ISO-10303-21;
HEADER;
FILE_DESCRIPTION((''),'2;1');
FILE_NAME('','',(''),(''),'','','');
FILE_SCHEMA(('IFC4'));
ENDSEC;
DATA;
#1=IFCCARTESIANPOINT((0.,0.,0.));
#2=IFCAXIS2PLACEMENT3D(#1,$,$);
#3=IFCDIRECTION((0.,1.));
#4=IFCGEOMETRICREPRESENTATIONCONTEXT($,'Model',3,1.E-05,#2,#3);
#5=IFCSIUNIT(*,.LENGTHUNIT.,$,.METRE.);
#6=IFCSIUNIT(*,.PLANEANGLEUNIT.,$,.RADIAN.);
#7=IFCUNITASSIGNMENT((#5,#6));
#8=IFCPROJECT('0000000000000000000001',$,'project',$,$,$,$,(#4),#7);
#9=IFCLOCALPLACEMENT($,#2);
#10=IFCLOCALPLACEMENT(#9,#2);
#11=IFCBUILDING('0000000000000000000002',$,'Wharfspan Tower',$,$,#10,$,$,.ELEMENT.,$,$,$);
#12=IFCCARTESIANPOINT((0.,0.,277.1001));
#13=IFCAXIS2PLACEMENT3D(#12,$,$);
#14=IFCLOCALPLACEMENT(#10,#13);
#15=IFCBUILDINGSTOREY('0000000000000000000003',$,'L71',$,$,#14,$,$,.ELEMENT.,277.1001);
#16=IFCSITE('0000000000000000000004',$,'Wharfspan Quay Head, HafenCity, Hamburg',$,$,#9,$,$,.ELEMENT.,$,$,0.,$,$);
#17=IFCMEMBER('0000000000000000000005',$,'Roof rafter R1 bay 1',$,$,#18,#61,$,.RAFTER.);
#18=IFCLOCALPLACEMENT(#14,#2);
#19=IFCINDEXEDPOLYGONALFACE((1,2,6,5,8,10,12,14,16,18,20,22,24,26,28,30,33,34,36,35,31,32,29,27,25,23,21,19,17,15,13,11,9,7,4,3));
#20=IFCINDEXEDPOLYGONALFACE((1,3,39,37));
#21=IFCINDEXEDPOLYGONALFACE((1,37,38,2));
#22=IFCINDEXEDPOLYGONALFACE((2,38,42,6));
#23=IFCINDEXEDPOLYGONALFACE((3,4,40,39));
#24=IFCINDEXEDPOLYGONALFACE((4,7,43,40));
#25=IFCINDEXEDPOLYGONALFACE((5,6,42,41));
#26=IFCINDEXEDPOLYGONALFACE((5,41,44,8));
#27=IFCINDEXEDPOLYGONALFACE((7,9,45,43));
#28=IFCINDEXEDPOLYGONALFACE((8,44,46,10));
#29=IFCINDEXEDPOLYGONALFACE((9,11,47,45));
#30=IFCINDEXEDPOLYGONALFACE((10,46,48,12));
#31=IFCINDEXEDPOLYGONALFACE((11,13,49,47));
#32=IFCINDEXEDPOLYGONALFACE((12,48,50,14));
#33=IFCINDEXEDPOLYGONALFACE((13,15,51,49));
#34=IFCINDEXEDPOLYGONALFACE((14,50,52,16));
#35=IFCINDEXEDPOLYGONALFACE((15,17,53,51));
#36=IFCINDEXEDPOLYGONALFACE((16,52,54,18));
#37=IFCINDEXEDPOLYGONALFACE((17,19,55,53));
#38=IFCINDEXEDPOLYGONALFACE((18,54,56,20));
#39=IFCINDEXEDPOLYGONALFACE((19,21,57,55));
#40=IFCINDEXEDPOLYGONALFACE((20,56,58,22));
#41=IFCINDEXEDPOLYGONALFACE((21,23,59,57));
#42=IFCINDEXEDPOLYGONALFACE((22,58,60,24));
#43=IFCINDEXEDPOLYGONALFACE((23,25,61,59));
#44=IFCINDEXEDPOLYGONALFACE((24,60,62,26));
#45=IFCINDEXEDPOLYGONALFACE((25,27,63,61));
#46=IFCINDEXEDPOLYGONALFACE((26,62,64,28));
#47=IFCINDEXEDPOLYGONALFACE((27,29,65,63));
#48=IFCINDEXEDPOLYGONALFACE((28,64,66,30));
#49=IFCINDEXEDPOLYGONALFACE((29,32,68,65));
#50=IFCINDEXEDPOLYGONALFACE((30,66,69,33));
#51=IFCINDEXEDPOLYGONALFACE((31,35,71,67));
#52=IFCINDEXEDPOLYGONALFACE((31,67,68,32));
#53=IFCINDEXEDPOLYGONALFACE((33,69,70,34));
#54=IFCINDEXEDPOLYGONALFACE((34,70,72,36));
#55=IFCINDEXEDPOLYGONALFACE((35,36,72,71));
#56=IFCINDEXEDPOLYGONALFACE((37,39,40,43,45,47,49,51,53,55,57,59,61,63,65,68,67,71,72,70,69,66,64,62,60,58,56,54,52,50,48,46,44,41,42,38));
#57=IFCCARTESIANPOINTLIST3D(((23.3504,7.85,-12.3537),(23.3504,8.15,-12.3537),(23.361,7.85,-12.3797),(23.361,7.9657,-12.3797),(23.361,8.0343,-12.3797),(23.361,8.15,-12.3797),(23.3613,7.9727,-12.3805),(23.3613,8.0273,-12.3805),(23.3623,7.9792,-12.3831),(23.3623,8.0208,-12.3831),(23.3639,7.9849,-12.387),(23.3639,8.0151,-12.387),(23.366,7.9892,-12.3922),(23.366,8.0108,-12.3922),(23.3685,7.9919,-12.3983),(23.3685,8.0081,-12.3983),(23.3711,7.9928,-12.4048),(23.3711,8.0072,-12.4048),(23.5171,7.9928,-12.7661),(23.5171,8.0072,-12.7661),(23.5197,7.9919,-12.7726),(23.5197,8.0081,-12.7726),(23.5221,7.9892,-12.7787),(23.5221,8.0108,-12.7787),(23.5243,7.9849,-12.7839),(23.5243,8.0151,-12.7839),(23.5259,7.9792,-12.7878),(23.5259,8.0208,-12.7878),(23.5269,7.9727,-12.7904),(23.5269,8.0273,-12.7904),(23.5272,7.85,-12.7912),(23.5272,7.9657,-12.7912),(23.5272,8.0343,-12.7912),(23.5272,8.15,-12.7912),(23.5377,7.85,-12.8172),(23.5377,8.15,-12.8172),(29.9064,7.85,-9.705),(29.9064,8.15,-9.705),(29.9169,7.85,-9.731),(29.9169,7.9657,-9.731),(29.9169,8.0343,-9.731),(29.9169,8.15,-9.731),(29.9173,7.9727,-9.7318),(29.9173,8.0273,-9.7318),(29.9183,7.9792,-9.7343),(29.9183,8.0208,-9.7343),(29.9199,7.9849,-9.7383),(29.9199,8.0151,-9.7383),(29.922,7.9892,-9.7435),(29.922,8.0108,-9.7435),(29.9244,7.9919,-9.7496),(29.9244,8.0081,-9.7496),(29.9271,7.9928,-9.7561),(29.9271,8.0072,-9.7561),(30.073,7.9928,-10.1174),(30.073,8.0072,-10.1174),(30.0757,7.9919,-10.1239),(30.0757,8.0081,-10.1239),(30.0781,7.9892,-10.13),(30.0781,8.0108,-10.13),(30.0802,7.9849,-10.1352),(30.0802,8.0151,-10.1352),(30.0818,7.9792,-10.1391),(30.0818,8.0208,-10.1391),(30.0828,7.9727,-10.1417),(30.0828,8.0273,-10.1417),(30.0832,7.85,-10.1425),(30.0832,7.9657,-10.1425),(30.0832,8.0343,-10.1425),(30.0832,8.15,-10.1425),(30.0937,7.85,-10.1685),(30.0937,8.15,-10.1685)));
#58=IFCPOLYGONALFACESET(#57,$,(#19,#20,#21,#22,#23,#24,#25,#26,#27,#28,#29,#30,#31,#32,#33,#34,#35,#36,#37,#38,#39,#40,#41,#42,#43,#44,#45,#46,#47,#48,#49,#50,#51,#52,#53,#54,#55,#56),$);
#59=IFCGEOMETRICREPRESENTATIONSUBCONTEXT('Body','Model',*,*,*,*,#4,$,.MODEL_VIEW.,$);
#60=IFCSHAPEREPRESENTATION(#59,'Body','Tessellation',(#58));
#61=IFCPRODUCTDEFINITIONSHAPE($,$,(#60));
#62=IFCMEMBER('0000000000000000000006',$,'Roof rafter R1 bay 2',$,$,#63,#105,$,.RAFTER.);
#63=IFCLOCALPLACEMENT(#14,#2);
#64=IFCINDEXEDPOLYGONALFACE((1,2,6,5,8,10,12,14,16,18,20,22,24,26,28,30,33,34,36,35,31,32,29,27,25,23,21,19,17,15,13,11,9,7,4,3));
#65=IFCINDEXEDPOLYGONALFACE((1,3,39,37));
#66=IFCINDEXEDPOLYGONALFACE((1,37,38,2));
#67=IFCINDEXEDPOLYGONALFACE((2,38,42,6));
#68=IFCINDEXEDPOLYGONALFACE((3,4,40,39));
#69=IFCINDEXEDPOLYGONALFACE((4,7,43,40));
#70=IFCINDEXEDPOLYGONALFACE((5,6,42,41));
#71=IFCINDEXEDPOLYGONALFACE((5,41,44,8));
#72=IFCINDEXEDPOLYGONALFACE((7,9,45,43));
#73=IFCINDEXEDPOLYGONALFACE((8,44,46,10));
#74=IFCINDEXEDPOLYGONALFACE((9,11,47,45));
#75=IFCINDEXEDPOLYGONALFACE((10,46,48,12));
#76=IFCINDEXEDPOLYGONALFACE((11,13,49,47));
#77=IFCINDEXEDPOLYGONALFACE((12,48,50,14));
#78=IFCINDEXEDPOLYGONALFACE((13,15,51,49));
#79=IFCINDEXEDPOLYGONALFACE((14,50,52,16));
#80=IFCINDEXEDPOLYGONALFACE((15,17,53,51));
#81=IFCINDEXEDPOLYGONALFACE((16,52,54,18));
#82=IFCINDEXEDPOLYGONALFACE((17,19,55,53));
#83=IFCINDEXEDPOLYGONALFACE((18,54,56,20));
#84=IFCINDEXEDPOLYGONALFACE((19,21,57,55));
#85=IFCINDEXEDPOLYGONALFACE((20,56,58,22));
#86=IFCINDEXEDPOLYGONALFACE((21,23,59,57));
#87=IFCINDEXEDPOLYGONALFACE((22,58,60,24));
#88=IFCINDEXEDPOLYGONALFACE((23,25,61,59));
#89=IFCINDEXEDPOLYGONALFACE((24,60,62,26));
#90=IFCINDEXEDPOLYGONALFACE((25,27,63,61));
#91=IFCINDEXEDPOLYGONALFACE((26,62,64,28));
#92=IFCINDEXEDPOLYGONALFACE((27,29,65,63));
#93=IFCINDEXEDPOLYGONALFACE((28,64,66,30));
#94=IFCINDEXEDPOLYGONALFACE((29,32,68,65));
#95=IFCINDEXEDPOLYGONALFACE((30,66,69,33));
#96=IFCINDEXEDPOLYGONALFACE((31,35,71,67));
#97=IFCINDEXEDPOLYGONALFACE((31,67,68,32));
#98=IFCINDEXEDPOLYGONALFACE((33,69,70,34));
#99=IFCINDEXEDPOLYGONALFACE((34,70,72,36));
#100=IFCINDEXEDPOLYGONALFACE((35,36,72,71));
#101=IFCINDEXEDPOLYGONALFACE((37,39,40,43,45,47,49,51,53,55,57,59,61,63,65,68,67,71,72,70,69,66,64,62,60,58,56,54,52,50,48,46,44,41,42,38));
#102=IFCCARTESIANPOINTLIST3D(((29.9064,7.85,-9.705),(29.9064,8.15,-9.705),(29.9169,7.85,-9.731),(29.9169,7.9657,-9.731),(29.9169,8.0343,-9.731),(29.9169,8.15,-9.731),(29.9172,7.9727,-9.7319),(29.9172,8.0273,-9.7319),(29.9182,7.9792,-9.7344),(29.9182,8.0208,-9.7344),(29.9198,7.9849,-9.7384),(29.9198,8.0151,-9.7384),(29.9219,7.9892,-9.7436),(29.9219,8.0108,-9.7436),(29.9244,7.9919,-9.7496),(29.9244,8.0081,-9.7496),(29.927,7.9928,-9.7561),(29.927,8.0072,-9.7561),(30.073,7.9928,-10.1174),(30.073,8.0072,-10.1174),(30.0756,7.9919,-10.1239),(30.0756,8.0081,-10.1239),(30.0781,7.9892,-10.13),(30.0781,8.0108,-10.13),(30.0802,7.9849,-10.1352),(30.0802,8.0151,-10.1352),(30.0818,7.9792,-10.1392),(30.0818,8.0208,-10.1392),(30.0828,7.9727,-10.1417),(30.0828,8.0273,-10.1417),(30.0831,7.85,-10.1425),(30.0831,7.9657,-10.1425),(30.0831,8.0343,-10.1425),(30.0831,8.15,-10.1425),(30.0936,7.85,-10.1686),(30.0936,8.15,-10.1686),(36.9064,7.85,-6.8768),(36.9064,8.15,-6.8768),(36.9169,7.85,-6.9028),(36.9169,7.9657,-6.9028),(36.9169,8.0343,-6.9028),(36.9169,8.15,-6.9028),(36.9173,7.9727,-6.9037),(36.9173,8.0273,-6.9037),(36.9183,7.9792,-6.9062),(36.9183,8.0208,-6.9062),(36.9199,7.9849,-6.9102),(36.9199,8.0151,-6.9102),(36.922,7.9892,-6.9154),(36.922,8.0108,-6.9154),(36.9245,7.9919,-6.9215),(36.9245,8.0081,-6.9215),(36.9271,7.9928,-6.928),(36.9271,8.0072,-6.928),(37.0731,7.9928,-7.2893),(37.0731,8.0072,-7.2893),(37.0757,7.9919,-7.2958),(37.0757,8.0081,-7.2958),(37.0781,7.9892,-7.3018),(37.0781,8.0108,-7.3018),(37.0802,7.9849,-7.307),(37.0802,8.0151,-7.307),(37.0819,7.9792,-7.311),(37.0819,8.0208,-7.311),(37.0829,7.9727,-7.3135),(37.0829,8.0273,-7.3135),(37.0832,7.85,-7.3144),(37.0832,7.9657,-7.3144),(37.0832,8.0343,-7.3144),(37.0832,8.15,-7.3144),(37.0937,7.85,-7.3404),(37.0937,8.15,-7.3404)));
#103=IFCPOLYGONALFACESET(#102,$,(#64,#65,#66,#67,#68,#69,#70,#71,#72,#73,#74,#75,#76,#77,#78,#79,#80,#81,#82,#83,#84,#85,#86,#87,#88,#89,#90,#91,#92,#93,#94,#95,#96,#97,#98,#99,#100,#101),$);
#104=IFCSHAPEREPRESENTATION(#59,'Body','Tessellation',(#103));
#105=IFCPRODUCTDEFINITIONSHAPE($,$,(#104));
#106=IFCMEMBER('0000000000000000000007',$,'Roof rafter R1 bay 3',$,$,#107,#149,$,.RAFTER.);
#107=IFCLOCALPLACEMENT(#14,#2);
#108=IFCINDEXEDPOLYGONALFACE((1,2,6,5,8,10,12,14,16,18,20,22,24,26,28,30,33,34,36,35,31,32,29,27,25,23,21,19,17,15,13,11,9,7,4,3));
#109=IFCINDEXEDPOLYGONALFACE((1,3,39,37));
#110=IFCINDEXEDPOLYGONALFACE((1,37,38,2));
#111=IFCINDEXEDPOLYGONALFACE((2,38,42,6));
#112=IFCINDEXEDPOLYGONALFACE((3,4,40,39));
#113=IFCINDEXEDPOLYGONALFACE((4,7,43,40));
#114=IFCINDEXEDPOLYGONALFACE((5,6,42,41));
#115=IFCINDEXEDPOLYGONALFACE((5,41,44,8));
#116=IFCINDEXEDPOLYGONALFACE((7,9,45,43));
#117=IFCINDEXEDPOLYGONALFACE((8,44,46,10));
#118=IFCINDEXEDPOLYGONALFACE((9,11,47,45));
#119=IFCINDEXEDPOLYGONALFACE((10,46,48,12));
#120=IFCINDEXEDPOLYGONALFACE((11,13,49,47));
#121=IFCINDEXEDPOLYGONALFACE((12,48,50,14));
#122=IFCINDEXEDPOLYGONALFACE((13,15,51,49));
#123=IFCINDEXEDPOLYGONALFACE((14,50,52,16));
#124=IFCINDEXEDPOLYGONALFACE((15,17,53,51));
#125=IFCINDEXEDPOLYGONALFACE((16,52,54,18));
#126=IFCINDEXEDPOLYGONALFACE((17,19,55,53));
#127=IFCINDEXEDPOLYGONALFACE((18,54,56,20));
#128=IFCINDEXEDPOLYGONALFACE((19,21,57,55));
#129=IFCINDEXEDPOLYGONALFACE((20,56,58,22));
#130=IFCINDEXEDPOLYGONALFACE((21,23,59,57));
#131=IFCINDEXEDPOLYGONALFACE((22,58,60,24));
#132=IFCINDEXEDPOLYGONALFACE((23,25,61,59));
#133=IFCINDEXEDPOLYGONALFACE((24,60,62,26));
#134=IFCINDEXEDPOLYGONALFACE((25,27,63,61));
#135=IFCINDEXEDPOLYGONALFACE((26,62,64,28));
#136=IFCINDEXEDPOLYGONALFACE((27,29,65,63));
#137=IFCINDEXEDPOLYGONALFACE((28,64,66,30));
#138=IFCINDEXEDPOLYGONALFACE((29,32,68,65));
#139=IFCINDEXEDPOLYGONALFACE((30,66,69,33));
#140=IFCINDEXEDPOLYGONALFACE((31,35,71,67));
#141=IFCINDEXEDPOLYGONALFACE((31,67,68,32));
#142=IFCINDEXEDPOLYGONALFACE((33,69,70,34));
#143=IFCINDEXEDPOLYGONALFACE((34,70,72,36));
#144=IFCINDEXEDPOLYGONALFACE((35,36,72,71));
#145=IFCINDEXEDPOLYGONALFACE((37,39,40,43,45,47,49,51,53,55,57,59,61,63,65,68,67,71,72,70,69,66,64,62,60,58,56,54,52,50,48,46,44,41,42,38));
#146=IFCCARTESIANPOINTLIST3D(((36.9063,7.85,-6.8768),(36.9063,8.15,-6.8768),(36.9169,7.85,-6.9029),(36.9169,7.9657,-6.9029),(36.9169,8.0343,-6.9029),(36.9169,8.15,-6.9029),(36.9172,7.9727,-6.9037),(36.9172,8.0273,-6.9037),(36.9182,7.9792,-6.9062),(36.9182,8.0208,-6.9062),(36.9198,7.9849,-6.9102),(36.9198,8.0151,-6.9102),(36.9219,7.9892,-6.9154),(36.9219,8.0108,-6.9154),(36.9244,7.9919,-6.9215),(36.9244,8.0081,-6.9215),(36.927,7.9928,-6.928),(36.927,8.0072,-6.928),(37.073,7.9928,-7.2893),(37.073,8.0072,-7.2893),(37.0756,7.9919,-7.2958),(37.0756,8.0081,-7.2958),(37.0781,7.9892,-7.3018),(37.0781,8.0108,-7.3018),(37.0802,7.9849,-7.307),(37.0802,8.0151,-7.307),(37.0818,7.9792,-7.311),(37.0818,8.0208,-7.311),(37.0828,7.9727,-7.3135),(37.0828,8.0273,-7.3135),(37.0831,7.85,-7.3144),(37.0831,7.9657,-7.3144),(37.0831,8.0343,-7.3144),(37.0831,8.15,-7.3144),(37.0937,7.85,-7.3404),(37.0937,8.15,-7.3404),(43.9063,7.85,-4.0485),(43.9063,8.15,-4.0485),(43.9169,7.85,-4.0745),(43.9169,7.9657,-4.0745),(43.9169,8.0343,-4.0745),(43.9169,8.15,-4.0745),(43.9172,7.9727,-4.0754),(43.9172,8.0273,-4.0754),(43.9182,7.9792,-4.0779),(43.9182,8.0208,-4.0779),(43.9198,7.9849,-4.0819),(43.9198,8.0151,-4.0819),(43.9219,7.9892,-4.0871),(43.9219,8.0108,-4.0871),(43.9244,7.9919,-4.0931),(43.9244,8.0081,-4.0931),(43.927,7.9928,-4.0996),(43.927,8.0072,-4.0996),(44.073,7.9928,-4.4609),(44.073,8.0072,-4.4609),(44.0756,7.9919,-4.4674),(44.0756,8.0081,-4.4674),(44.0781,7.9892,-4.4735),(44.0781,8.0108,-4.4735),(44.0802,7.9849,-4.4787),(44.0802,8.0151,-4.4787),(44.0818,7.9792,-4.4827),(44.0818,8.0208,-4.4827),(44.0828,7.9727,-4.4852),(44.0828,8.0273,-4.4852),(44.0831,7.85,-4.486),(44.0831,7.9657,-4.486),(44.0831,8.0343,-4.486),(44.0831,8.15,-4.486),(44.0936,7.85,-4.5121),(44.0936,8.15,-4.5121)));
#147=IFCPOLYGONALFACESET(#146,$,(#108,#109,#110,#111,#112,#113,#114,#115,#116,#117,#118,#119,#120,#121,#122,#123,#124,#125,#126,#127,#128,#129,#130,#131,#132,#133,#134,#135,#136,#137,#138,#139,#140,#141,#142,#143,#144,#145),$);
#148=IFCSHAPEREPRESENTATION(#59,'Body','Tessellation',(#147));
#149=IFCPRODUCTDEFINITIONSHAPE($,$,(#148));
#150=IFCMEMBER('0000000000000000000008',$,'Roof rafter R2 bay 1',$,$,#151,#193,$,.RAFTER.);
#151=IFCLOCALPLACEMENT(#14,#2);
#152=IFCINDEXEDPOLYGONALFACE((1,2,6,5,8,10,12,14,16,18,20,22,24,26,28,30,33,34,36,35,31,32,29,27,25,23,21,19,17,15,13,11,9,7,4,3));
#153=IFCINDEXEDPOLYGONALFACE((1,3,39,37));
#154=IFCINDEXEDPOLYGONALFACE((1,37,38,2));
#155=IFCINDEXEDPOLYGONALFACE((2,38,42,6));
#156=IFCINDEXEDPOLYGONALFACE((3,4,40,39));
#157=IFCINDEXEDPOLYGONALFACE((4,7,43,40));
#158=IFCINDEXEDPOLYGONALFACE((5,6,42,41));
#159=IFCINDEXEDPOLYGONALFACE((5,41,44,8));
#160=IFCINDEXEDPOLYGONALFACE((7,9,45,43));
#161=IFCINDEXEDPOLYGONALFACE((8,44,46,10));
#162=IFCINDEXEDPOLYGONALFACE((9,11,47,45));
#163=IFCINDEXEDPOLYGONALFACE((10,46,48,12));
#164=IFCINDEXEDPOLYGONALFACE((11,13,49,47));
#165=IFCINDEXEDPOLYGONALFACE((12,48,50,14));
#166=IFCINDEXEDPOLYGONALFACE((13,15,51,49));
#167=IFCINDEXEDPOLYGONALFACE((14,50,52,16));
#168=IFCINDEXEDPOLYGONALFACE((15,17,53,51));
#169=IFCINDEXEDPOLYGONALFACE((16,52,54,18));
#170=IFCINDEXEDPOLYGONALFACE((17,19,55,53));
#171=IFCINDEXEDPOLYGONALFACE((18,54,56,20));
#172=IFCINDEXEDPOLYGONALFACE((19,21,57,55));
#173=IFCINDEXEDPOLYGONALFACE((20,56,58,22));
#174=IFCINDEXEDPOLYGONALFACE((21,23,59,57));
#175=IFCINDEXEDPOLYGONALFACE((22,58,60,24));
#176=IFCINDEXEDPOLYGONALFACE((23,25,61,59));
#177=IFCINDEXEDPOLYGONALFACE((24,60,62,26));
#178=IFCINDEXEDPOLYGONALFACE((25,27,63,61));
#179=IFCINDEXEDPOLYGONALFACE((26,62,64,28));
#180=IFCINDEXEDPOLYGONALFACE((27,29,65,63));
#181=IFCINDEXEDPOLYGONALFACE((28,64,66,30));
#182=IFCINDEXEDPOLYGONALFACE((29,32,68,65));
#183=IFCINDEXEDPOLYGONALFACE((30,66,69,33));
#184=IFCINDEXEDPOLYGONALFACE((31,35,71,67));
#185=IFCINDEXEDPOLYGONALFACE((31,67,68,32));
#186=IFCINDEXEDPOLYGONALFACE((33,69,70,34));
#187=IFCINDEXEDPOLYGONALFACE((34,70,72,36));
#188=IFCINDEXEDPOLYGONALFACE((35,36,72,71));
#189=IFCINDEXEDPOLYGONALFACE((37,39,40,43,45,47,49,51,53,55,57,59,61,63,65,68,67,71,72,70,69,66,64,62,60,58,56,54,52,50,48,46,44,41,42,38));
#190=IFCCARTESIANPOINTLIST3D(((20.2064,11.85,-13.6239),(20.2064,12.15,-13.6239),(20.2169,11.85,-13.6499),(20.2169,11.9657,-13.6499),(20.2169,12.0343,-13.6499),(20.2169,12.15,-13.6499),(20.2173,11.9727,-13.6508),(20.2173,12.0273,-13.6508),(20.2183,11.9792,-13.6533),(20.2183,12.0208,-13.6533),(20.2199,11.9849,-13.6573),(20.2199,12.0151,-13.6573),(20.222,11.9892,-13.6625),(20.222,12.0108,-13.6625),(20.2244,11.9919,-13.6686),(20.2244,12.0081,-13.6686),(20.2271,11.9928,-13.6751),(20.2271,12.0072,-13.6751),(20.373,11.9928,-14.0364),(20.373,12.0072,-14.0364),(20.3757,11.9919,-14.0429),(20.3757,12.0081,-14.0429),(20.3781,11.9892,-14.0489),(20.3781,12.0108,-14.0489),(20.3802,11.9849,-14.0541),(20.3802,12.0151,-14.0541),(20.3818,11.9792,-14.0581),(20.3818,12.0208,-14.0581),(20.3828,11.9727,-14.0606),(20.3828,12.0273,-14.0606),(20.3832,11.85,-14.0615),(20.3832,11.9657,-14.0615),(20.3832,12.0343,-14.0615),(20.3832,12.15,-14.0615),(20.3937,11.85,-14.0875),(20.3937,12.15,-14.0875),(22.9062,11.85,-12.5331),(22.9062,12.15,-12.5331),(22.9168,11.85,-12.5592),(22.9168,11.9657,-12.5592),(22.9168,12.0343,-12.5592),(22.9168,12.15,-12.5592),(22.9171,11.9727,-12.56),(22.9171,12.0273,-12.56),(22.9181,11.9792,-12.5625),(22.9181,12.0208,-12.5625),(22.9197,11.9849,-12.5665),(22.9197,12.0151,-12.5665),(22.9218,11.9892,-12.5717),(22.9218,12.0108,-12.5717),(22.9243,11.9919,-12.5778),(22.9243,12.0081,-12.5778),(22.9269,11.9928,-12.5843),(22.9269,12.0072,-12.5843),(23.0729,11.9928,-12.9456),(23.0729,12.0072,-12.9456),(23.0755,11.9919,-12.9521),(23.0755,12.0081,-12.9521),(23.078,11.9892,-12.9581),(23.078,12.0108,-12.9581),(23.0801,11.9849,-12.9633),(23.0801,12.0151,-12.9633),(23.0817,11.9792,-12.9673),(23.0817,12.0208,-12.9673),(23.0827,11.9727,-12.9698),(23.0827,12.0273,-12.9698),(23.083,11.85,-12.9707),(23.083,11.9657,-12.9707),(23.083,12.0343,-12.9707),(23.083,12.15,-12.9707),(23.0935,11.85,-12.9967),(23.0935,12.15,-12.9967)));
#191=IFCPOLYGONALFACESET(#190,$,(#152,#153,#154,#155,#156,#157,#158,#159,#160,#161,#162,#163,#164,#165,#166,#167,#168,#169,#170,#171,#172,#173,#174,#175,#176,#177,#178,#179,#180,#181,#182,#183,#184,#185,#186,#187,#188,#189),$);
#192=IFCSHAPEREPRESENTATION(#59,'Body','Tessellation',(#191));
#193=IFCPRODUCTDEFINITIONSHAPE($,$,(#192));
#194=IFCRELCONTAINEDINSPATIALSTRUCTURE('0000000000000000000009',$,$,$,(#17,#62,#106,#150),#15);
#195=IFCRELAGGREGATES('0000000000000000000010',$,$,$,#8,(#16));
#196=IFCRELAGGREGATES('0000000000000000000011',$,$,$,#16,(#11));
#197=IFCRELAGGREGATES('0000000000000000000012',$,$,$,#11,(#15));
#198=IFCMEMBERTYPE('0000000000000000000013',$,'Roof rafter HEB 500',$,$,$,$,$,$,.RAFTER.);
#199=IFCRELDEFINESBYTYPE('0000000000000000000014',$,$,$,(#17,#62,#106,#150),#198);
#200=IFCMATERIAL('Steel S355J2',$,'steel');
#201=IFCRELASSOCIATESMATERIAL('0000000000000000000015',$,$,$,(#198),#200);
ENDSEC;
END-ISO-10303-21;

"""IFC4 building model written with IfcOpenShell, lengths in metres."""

from ifc_helpers import new_model, si_unit, direction, frame, origin, origin_2d, place, context, subcontext, project, spatial, i_section, extrude, material, material_profile, profile_set, type_object, element, save


model = new_model("IFC4")

# Units and contexts
model_context = context("Model", 3, precision=1e-05, world=origin(), true_north=direction((0.0, 1.0)))
body_context = subcontext(model_context, "Body", "Model", "MODEL_VIEW")
ifc_project = project(units=[si_unit("LENGTHUNIT", "METRE"), si_unit("PLANEANGLEUNIT", "RADIAN")], contexts=[model_context])

# Site, building, storey
site_placement = place(None, origin())
site = spatial("IfcSite", under=ifc_project, at=site_placement, Name="Wharfspan Quay Head, HafenCity, Hamburg", CompositionType="ELEMENT", RefElevation=0.0)
building_placement = place(site_placement, origin())
building = spatial("IfcBuilding", under=site, at=building_placement, Name="Wharfspan Tower", CompositionType="ELEMENT")
storey_placement = place(building_placement, frame((0.0, 0.0, 277.1001)))
storey = spatial("IfcBuildingStorey", under=building, at=storey_placement, Name="L71", CompositionType="ELEMENT", Elevation=277.1001)

# Members
ifc_material_1 = material(Name="Steel S355J2", Category="steel")
ifc_material_profile = material_profile(ifc_material_1, i_section(OverallWidth=0.3, OverallDepth=0.5, WebThickness=0.0144, FlangeThickness=0.0281, FilletRadius=0.0271, at=origin_2d()))
ifc_profile_set = profile_set([ifc_material_profile], Name="Steel S355J2")
member_type = type_object("IfcMemberType", Name="Roof rafter HEB 500", PredefinedType="RAFTER", material=ifc_profile_set)
member_1_placement = place(storey_placement, frame((23.4441, 8.0, -12.5854), z_axis=(0.927188, 0.0, 0.374597), x_axis=(0.0, 1.0, 0.0)))
element("IfcMember", 1, at=member_1_placement, inside=storey, type_object=member_type, Name="Roof rafter R1 bay 1", PredefinedType="RAFTER", context=body_context, shape_type="SweptSolid", body=[
    extrude(i_section(OverallWidth=0.3, OverallDepth=0.5, WebThickness=0.0144, FlangeThickness=0.0281, FilletRadius=0.0271, at=origin_2d()), origin(), (0.0, 0.0, 1.0), 7.0708),
])
for number, where, z_axis, x_axis, name in (
    (2, (30.0, 8.0, -9.9368), (0.927187, 0.0, 0.3746), (0.0, 1.0, 0.0), "Roof rafter R1 bay 2"),
    (3, (37.0, 8.0, -7.1086), (0.927175, 0.0, 0.374628), (0.0, 1.0, 0.0), "Roof rafter R1 bay 3"),
):
    element("IfcMember", number, at=place(storey_placement, frame(where, z_axis=z_axis, x_axis=x_axis)), inside=storey, type_object=member_type, Name=name, PredefinedType="RAFTER", context=body_context, shape_type="SweptSolid", body=[
        extrude(i_section(OverallWidth=0.3, OverallDepth=0.5, WebThickness=0.0144, FlangeThickness=0.0281, FilletRadius=0.0271, at=origin_2d()), origin(), (0.0, 0.0, 1.0), 7.5498),
    ])
member_2_placement = place(storey_placement, frame((20.3, 12.0, -13.8557), z_axis=(0.927188, 0.0, 0.374598), x_axis=(0.0, 1.0, 0.0)))
element("IfcMember", 4, at=member_2_placement, inside=storey, type_object=member_type, Name="Roof rafter R2 bay 1", PredefinedType="RAFTER", context=body_context, shape_type="SweptSolid", body=[
    extrude(i_section(OverallWidth=0.3, OverallDepth=0.5, WebThickness=0.0144, FlangeThickness=0.0281, FilletRadius=0.0271, at=origin_2d()), origin(), (0.0, 0.0, 1.0), 2.9119),
])

save(model, "model.ifc")
